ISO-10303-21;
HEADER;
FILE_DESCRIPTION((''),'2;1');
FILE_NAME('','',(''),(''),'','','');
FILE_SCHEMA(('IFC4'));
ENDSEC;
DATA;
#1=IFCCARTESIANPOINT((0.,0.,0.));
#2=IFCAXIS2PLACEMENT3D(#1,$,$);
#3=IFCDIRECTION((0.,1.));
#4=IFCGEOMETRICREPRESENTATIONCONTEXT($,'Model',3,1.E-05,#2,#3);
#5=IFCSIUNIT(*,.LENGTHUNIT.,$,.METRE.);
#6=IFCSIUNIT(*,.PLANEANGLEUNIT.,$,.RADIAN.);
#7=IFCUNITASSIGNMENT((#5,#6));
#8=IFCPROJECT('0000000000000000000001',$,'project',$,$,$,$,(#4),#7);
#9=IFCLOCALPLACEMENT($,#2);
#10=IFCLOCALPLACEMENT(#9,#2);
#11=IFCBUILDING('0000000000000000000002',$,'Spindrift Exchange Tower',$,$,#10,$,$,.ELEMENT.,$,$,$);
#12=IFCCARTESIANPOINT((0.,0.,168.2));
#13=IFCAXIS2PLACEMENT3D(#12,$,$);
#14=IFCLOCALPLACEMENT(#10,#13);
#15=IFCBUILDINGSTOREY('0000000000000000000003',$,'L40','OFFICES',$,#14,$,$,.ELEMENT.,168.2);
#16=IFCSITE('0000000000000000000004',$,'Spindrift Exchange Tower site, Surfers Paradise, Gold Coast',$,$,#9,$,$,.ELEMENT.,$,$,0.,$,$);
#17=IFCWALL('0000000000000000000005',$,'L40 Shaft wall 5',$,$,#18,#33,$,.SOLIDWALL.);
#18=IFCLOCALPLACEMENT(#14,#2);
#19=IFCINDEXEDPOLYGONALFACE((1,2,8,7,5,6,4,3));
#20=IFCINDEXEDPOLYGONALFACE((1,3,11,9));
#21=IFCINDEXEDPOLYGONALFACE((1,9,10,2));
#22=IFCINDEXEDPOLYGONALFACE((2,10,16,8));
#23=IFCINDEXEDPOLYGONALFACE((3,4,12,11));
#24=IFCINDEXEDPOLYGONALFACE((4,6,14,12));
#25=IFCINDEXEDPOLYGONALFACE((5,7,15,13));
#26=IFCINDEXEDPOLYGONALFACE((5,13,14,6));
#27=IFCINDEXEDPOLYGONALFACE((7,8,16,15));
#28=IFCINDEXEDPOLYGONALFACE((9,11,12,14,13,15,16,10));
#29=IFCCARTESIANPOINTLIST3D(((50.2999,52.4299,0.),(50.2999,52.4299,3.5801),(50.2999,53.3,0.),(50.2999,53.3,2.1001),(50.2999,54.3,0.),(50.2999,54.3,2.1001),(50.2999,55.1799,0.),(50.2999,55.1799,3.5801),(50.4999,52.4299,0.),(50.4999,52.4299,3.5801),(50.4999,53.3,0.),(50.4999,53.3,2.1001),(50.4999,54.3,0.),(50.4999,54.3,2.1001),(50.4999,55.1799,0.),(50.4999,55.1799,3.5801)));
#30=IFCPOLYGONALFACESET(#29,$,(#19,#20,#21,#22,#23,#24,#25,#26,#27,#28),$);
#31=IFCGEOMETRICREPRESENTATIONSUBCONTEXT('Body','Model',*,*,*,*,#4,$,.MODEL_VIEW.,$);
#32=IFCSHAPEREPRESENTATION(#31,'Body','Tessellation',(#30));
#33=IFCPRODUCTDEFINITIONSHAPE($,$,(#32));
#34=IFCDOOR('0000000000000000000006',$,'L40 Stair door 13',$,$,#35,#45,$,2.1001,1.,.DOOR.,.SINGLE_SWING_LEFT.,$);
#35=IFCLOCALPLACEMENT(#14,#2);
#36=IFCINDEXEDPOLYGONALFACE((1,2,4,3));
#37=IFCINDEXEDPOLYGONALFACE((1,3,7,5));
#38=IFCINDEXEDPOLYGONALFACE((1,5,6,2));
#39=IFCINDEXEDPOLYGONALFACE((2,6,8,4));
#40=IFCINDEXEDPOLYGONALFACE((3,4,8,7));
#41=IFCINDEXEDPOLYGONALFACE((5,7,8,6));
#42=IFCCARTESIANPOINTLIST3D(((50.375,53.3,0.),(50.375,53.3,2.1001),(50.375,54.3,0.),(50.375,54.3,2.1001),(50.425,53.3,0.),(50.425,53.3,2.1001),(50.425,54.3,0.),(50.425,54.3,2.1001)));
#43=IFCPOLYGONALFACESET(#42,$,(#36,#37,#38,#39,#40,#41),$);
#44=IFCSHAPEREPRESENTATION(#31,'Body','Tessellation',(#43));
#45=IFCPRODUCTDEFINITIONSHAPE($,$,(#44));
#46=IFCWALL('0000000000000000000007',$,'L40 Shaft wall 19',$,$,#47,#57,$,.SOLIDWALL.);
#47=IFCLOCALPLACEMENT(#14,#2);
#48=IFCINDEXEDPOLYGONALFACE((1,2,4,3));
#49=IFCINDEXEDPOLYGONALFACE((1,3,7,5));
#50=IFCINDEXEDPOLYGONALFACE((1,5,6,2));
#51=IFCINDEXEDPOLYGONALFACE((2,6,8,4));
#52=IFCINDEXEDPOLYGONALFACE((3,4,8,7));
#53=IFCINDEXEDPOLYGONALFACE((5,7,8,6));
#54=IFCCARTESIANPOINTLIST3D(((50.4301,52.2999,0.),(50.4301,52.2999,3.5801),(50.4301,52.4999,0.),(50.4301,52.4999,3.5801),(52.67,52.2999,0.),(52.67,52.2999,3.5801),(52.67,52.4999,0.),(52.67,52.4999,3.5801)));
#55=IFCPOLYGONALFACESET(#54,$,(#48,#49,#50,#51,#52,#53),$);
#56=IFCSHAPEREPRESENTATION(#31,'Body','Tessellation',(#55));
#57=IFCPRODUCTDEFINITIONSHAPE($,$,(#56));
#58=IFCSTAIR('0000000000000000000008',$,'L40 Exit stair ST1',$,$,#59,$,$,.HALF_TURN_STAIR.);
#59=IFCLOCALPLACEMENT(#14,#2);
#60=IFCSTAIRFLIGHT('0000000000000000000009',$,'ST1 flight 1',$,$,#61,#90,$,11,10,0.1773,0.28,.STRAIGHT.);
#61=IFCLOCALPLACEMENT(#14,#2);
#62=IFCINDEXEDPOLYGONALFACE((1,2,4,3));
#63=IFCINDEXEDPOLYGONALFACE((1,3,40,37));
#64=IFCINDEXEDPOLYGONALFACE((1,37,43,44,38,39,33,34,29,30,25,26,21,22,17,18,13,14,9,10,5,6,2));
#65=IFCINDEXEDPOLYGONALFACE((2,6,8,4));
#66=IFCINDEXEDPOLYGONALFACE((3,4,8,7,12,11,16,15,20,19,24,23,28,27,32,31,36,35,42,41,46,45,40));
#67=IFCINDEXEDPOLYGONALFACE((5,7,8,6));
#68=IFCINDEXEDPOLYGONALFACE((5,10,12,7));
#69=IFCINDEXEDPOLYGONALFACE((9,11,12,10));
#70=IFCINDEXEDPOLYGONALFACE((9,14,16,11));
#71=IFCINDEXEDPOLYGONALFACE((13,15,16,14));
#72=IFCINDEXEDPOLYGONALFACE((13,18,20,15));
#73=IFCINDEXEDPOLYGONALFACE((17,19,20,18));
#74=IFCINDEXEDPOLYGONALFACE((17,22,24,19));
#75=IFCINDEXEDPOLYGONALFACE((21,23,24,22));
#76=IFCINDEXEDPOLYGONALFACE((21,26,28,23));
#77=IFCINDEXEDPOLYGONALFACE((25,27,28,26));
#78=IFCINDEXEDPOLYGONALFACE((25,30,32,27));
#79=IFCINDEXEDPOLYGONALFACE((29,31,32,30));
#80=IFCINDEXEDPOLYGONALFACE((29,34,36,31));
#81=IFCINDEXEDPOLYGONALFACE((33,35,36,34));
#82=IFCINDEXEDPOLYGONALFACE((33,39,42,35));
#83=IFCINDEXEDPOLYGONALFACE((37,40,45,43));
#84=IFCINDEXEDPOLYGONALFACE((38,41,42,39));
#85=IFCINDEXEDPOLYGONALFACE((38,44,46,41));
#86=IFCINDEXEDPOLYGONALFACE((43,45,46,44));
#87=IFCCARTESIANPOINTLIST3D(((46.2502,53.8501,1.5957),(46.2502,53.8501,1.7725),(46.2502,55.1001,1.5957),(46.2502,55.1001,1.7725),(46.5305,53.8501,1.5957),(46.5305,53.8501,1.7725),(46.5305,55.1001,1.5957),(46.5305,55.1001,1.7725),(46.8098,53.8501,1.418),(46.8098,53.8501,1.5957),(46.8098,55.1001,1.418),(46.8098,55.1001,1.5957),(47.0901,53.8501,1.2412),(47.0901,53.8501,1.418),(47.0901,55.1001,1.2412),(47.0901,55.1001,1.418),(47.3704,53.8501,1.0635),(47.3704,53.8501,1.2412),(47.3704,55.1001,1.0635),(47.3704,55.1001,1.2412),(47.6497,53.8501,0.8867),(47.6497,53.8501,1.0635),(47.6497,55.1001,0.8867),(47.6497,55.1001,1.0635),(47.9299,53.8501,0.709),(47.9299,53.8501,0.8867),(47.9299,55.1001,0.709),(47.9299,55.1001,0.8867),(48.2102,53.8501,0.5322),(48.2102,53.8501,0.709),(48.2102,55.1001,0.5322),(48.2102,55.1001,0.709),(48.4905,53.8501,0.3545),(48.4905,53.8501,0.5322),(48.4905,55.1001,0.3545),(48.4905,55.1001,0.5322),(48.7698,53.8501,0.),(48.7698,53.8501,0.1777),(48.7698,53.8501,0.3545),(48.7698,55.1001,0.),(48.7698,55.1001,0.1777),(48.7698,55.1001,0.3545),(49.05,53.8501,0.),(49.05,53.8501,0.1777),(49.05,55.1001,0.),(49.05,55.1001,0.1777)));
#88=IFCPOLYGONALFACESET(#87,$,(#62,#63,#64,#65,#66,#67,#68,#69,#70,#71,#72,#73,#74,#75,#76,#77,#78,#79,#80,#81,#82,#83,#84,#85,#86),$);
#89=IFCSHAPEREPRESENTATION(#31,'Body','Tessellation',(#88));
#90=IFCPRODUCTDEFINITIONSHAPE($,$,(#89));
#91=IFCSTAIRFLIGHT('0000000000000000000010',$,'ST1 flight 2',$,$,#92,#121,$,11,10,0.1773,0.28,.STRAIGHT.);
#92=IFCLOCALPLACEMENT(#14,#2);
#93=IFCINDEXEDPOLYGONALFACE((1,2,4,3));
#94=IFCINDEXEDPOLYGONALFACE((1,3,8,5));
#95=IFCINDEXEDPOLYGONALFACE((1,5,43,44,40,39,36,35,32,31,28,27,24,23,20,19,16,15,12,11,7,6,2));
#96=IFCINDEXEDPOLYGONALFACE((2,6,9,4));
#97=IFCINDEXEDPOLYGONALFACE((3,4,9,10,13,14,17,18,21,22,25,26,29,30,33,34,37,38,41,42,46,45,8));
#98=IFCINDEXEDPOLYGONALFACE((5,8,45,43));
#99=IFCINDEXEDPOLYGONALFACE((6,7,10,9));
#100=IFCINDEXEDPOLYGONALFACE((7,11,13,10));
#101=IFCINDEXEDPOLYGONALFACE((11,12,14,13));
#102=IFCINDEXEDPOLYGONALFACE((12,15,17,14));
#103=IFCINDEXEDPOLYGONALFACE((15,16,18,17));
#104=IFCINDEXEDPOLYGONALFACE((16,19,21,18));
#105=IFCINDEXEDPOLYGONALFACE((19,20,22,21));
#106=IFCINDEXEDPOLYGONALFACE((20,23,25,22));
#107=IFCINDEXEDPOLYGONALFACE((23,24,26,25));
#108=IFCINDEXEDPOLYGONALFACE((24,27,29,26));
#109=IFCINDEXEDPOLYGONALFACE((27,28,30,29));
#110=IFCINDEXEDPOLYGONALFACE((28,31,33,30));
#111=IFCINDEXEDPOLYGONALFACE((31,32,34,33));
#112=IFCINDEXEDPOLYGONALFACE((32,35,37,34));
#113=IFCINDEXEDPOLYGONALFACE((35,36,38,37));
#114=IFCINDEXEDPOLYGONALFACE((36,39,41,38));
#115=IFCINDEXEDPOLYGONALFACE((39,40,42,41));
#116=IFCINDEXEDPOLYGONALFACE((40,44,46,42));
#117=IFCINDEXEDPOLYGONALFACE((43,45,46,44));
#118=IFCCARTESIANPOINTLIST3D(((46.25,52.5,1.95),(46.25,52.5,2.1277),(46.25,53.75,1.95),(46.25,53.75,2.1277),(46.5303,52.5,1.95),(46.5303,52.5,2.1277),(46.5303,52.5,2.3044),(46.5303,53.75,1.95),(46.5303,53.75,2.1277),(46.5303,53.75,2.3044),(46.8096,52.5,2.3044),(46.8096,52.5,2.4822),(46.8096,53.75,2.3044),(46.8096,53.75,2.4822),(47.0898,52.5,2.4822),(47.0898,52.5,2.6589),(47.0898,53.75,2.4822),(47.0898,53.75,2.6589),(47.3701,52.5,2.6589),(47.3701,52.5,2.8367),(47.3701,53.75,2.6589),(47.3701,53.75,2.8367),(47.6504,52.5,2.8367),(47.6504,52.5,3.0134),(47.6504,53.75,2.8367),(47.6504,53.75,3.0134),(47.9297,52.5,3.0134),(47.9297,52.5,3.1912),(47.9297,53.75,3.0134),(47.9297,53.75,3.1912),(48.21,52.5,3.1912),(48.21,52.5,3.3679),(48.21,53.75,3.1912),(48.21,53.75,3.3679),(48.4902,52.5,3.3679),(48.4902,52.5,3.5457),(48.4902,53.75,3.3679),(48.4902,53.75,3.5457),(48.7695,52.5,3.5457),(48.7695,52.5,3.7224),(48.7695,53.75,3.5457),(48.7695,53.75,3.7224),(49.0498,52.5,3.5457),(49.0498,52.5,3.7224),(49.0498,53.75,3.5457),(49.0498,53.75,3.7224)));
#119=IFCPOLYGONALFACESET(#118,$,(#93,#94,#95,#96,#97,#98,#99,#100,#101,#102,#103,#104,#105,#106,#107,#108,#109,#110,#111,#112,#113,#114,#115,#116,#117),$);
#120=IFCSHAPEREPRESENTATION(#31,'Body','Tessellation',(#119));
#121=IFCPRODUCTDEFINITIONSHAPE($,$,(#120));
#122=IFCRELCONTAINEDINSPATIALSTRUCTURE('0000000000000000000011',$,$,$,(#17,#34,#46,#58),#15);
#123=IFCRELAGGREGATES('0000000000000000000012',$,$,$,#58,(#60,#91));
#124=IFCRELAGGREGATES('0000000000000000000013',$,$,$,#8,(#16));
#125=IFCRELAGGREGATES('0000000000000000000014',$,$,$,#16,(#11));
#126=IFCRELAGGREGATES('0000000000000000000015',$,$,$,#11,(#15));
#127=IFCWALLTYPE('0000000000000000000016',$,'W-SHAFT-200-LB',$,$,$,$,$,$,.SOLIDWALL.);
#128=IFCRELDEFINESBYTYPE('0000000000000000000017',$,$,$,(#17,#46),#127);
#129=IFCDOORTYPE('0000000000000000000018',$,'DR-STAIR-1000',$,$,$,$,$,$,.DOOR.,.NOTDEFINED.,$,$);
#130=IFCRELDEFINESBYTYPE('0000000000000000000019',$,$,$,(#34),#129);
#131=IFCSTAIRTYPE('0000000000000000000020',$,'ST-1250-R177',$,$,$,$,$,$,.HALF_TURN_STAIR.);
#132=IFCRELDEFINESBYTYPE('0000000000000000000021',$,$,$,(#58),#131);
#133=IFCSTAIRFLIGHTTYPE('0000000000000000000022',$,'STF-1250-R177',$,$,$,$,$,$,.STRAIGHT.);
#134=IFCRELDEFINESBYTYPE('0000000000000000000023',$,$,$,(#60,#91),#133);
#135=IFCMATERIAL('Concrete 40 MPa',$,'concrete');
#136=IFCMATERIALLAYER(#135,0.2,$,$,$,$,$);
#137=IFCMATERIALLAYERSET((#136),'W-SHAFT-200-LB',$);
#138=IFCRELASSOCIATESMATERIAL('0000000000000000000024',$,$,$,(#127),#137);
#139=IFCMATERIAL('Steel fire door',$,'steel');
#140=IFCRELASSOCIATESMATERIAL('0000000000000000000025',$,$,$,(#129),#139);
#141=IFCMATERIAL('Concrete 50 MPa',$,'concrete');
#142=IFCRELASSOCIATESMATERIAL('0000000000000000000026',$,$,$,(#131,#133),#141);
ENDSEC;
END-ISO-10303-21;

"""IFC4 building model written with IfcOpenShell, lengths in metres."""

from ifc_helpers import new_model, si_unit, direction, frame, frame_2d, origin, place, context, subcontext, project, spatial, line, indexed_curve, rectangle, outline, extrude, source, transform, mapped, material, layer, layer_set, type_object, element, fill, aggregate, save


model = new_model("IFC4")

# Units and contexts
model_context = context("Model", 3, precision=1e-05, world=origin(), true_north=direction((0.0, 1.0)))
body_context = subcontext(model_context, "Body", "Model", "MODEL_VIEW")
ifc_project = project(units=[si_unit("LENGTHUNIT", "METRE"), si_unit("PLANEANGLEUNIT", "RADIAN")], contexts=[model_context])

# Site, building, storey
site_placement = place(None, origin())
site = spatial("IfcSite", under=ifc_project, at=site_placement, Name="Spindrift Exchange Tower site, Surfers Paradise, Gold Coast", CompositionType="ELEMENT", RefElevation=0.0)
building_placement = place(site_placement, origin())
building = spatial("IfcBuilding", under=site, at=building_placement, Name="Spindrift Exchange Tower", CompositionType="ELEMENT")
storey_placement = place(building_placement, frame((0.0, 0.0, 168.2)))
storey = spatial("IfcBuildingStorey", under=building, at=storey_placement, Name="L40", Description="OFFICES", CompositionType="ELEMENT", Elevation=168.2)

# Shared definitions
ifc_material_1 = material(Name="Concrete 40 MPa", Category="concrete")
ifc_layer_1 = layer(ifc_material_1, 0.2)
ifc_layer_set_1 = layer_set([ifc_layer_1], Name="W-SHAFT-200-LB")
wall_type_1 = type_object("IfcWallType", Name="W-SHAFT-200-LB", PredefinedType="SOLIDWALL", material=ifc_layer_set_1)

# Wall, opening, door
wall_1_placement = place(storey_placement, frame((50.3999, 52.4299, 0.0), z_axis=(0.0, 0.0, 1.0), x_axis=(0.0, 1.0, 0.0)))
wall_1 = element("IfcWall", 1, at=wall_1_placement, inside=storey, type_object=wall_type_1, Name="L40 Shaft wall 5", PredefinedType="SOLIDWALL", context=body_context, shape_type="SweptSolid", body=[
    extrude(rectangle(XDim=2.75, YDim=0.2, at=frame_2d((1.375, 0.0))), origin(), (0.0, 0.0, 1.0), 3.5801),
])
opening_1_placement = place(wall_1_placement, frame((0.8701, 0.0, 0.0)))
opening_1 = element("IfcOpeningElement", 2, at=opening_1_placement, cuts=wall_1, PredefinedType="OPENING", context=body_context, shape_type="SweptSolid", body=[
    extrude(rectangle(XDim=1.0, YDim=2.1001, at=frame_2d((0.5, 1.05))), frame((0.0, 0.1099, 0.0), z_axis=(0.0, -1.0, 0.0), x_axis=(1.0, 0.0, 0.0)), (0.0, 0.0, 1.0), 0.22),
])
ifc_material_2 = material(Name="Steel fire door", Category="steel")
door_type_1 = type_object("IfcDoorType", Name="DR-STAIR-1000", OperationType="NOTDEFINED", PredefinedType="DOOR", material=ifc_material_2)
shared_shape_1 = source(origin(), body_context, "Body", "SweptSolid", [
    extrude(rectangle(XDim=1.0, YDim=2.1001, at=frame_2d((0.5, 1.05))), frame((0.0, 0.0249, 0.0), z_axis=(0.0, -1.0, 0.0), x_axis=(1.0, 0.0, 0.0)), (0.0, 0.0, 1.0), 0.05),
])
door_1_placement = place(opening_1_placement, origin())
door_1 = element("IfcDoor", 3, at=door_1_placement, inside=storey, type_object=door_type_1, Name="L40 Stair door 13", OperationType="SINGLE_SWING_LEFT", OverallHeight=2.1001, OverallWidth=1.0, PredefinedType="DOOR", context=body_context, shape_type="MappedRepresentation", body=[
    mapped(shared_shape_1, transform((0.0, 0.0, 0.0), scale=1.0)),
])
fill(opening_1, door_1)

# Wall
wall_2_placement = place(storey_placement, frame((50.4299, 52.3999, 0.0), z_axis=(0.0, 0.0, 1.0), x_axis=(1.0, 0.0, 0.0)))
element("IfcWall", 4, at=wall_2_placement, inside=storey, type_object=wall_type_1, Name="L40 Shaft wall 19", PredefinedType="SOLIDWALL", context=body_context, shape_type="SweptSolid", body=[
    extrude(rectangle(XDim=2.24, YDim=0.2, at=frame_2d((1.1201, 0.0))), origin(), (0.0, 0.0, 1.0), 3.5801),
])

# Stair, stair flights
ifc_material_3 = material(Name="Concrete 50 MPa", Category="concrete")
stair_type = type_object("IfcStairType", Name="ST-1250-R177", PredefinedType="HALF_TURN_STAIR", material=ifc_material_3)
stair_placement = place(storey_placement, origin())
stair = element("IfcStair", 5, at=stair_placement, inside=storey, type_object=stair_type, Name="L40 Exit stair ST1", PredefinedType="HALF_TURN_STAIR")
stair_flight_type = type_object("IfcStairFlightType", Name="STF-1250-R177", PredefinedType="STRAIGHT", material=ifc_material_3)
stair_flight_1_placement = place(storey_placement, frame((49.05, 54.4751, 0.0), z_axis=(0.0, 0.0, 1.0), x_axis=(-1.0, 0.0, 0.0)))
stair_flight_1 = element("IfcStairFlight", 6, at=stair_flight_1_placement, type_object=stair_flight_type, Name="ST1 flight 1", NumberOfRisers=11, NumberOfTreads=10, PredefinedType="STRAIGHT", RiserHeight=0.1773, TreadLength=0.28, context=body_context, shape_type="SweptSolid", body=[
    extrude(outline(indexed_curve([(0.0, 0.0), (0.0, 0.1777), (0.2803, 0.1777), (0.2803, 0.3545), (0.5596, 0.3545), (0.5596, 0.5322), (0.8398, 0.5322), (0.8398, 0.709), (1.1201, 0.709), (1.1201, 0.8867), (1.4004, 0.8867), (1.4004, 1.0635), (1.6797, 1.0635), (1.6797, 1.2412), (1.96, 1.2412), (1.96, 1.418), (2.2402, 1.418), (2.2402, 1.5957), (2.5195, 1.5957), (2.5195, 1.7725), (2.7998, 1.7725), (2.7998, 1.9502), (2.7998, 1.5957), (0.2803, 0.0)], segments=[line(1, 2, 3, 4, 5, 6, 7, 8, 9, 10, 11, 12, 13, 14, 15, 16, 17, 18, 19, 20, 21, 22, 23, 24, 1)], self_intersect=False)), frame((0.0, 0.625, 0.0), z_axis=(0.0, -1.0, 0.0), x_axis=(1.0, 0.0, 0.0)), (0.0, 0.0, 1.0), 1.25),
])
stair_flight_2_placement = place(storey_placement, frame((46.25, 53.125, 1.95), z_axis=(0.0, 0.0, 1.0), x_axis=(1.0, 0.0, 0.0)))
stair_flight_2 = element("IfcStairFlight", 7, at=stair_flight_2_placement, type_object=stair_flight_type, Name="ST1 flight 2", NumberOfRisers=11, NumberOfTreads=10, PredefinedType="STRAIGHT", RiserHeight=0.1773, TreadLength=0.28, context=body_context, shape_type="SweptSolid", body=[
    extrude(outline(indexed_curve([(0.0, 0.0), (0.0, 0.1777), (0.2803, 0.1777), (0.2803, 0.3545), (0.5596, 0.3545), (0.5596, 0.5322), (0.8398, 0.5322), (0.8398, 0.709), (1.1201, 0.709), (1.1201, 0.8867), (1.4004, 0.8867), (1.4004, 1.0635), (1.6797, 1.0635), (1.6797, 1.2412), (1.96, 1.2412), (1.96, 1.418), (2.2402, 1.418), (2.2402, 1.5957), (2.5195, 1.5957), (2.5195, 1.7725), (2.7998, 1.7725), (2.7998, 1.9502), (2.7998, 1.5957), (0.2803, 0.0)], segments=[line(1, 2, 3, 4, 5, 6, 7, 8, 9, 10, 11, 12, 13, 14, 15, 16, 17, 18, 19, 20, 21, 22, 23, 24, 1)], self_intersect=False)), frame((0.0, 0.625, 0.0), z_axis=(0.0, -1.0, 0.0), x_axis=(1.0, 0.0, 0.0)), (0.0, 0.0, 1.0), 1.25),
])
aggregate(stair, [stair_flight_1, stair_flight_2])

save(model, "model.ifc")
